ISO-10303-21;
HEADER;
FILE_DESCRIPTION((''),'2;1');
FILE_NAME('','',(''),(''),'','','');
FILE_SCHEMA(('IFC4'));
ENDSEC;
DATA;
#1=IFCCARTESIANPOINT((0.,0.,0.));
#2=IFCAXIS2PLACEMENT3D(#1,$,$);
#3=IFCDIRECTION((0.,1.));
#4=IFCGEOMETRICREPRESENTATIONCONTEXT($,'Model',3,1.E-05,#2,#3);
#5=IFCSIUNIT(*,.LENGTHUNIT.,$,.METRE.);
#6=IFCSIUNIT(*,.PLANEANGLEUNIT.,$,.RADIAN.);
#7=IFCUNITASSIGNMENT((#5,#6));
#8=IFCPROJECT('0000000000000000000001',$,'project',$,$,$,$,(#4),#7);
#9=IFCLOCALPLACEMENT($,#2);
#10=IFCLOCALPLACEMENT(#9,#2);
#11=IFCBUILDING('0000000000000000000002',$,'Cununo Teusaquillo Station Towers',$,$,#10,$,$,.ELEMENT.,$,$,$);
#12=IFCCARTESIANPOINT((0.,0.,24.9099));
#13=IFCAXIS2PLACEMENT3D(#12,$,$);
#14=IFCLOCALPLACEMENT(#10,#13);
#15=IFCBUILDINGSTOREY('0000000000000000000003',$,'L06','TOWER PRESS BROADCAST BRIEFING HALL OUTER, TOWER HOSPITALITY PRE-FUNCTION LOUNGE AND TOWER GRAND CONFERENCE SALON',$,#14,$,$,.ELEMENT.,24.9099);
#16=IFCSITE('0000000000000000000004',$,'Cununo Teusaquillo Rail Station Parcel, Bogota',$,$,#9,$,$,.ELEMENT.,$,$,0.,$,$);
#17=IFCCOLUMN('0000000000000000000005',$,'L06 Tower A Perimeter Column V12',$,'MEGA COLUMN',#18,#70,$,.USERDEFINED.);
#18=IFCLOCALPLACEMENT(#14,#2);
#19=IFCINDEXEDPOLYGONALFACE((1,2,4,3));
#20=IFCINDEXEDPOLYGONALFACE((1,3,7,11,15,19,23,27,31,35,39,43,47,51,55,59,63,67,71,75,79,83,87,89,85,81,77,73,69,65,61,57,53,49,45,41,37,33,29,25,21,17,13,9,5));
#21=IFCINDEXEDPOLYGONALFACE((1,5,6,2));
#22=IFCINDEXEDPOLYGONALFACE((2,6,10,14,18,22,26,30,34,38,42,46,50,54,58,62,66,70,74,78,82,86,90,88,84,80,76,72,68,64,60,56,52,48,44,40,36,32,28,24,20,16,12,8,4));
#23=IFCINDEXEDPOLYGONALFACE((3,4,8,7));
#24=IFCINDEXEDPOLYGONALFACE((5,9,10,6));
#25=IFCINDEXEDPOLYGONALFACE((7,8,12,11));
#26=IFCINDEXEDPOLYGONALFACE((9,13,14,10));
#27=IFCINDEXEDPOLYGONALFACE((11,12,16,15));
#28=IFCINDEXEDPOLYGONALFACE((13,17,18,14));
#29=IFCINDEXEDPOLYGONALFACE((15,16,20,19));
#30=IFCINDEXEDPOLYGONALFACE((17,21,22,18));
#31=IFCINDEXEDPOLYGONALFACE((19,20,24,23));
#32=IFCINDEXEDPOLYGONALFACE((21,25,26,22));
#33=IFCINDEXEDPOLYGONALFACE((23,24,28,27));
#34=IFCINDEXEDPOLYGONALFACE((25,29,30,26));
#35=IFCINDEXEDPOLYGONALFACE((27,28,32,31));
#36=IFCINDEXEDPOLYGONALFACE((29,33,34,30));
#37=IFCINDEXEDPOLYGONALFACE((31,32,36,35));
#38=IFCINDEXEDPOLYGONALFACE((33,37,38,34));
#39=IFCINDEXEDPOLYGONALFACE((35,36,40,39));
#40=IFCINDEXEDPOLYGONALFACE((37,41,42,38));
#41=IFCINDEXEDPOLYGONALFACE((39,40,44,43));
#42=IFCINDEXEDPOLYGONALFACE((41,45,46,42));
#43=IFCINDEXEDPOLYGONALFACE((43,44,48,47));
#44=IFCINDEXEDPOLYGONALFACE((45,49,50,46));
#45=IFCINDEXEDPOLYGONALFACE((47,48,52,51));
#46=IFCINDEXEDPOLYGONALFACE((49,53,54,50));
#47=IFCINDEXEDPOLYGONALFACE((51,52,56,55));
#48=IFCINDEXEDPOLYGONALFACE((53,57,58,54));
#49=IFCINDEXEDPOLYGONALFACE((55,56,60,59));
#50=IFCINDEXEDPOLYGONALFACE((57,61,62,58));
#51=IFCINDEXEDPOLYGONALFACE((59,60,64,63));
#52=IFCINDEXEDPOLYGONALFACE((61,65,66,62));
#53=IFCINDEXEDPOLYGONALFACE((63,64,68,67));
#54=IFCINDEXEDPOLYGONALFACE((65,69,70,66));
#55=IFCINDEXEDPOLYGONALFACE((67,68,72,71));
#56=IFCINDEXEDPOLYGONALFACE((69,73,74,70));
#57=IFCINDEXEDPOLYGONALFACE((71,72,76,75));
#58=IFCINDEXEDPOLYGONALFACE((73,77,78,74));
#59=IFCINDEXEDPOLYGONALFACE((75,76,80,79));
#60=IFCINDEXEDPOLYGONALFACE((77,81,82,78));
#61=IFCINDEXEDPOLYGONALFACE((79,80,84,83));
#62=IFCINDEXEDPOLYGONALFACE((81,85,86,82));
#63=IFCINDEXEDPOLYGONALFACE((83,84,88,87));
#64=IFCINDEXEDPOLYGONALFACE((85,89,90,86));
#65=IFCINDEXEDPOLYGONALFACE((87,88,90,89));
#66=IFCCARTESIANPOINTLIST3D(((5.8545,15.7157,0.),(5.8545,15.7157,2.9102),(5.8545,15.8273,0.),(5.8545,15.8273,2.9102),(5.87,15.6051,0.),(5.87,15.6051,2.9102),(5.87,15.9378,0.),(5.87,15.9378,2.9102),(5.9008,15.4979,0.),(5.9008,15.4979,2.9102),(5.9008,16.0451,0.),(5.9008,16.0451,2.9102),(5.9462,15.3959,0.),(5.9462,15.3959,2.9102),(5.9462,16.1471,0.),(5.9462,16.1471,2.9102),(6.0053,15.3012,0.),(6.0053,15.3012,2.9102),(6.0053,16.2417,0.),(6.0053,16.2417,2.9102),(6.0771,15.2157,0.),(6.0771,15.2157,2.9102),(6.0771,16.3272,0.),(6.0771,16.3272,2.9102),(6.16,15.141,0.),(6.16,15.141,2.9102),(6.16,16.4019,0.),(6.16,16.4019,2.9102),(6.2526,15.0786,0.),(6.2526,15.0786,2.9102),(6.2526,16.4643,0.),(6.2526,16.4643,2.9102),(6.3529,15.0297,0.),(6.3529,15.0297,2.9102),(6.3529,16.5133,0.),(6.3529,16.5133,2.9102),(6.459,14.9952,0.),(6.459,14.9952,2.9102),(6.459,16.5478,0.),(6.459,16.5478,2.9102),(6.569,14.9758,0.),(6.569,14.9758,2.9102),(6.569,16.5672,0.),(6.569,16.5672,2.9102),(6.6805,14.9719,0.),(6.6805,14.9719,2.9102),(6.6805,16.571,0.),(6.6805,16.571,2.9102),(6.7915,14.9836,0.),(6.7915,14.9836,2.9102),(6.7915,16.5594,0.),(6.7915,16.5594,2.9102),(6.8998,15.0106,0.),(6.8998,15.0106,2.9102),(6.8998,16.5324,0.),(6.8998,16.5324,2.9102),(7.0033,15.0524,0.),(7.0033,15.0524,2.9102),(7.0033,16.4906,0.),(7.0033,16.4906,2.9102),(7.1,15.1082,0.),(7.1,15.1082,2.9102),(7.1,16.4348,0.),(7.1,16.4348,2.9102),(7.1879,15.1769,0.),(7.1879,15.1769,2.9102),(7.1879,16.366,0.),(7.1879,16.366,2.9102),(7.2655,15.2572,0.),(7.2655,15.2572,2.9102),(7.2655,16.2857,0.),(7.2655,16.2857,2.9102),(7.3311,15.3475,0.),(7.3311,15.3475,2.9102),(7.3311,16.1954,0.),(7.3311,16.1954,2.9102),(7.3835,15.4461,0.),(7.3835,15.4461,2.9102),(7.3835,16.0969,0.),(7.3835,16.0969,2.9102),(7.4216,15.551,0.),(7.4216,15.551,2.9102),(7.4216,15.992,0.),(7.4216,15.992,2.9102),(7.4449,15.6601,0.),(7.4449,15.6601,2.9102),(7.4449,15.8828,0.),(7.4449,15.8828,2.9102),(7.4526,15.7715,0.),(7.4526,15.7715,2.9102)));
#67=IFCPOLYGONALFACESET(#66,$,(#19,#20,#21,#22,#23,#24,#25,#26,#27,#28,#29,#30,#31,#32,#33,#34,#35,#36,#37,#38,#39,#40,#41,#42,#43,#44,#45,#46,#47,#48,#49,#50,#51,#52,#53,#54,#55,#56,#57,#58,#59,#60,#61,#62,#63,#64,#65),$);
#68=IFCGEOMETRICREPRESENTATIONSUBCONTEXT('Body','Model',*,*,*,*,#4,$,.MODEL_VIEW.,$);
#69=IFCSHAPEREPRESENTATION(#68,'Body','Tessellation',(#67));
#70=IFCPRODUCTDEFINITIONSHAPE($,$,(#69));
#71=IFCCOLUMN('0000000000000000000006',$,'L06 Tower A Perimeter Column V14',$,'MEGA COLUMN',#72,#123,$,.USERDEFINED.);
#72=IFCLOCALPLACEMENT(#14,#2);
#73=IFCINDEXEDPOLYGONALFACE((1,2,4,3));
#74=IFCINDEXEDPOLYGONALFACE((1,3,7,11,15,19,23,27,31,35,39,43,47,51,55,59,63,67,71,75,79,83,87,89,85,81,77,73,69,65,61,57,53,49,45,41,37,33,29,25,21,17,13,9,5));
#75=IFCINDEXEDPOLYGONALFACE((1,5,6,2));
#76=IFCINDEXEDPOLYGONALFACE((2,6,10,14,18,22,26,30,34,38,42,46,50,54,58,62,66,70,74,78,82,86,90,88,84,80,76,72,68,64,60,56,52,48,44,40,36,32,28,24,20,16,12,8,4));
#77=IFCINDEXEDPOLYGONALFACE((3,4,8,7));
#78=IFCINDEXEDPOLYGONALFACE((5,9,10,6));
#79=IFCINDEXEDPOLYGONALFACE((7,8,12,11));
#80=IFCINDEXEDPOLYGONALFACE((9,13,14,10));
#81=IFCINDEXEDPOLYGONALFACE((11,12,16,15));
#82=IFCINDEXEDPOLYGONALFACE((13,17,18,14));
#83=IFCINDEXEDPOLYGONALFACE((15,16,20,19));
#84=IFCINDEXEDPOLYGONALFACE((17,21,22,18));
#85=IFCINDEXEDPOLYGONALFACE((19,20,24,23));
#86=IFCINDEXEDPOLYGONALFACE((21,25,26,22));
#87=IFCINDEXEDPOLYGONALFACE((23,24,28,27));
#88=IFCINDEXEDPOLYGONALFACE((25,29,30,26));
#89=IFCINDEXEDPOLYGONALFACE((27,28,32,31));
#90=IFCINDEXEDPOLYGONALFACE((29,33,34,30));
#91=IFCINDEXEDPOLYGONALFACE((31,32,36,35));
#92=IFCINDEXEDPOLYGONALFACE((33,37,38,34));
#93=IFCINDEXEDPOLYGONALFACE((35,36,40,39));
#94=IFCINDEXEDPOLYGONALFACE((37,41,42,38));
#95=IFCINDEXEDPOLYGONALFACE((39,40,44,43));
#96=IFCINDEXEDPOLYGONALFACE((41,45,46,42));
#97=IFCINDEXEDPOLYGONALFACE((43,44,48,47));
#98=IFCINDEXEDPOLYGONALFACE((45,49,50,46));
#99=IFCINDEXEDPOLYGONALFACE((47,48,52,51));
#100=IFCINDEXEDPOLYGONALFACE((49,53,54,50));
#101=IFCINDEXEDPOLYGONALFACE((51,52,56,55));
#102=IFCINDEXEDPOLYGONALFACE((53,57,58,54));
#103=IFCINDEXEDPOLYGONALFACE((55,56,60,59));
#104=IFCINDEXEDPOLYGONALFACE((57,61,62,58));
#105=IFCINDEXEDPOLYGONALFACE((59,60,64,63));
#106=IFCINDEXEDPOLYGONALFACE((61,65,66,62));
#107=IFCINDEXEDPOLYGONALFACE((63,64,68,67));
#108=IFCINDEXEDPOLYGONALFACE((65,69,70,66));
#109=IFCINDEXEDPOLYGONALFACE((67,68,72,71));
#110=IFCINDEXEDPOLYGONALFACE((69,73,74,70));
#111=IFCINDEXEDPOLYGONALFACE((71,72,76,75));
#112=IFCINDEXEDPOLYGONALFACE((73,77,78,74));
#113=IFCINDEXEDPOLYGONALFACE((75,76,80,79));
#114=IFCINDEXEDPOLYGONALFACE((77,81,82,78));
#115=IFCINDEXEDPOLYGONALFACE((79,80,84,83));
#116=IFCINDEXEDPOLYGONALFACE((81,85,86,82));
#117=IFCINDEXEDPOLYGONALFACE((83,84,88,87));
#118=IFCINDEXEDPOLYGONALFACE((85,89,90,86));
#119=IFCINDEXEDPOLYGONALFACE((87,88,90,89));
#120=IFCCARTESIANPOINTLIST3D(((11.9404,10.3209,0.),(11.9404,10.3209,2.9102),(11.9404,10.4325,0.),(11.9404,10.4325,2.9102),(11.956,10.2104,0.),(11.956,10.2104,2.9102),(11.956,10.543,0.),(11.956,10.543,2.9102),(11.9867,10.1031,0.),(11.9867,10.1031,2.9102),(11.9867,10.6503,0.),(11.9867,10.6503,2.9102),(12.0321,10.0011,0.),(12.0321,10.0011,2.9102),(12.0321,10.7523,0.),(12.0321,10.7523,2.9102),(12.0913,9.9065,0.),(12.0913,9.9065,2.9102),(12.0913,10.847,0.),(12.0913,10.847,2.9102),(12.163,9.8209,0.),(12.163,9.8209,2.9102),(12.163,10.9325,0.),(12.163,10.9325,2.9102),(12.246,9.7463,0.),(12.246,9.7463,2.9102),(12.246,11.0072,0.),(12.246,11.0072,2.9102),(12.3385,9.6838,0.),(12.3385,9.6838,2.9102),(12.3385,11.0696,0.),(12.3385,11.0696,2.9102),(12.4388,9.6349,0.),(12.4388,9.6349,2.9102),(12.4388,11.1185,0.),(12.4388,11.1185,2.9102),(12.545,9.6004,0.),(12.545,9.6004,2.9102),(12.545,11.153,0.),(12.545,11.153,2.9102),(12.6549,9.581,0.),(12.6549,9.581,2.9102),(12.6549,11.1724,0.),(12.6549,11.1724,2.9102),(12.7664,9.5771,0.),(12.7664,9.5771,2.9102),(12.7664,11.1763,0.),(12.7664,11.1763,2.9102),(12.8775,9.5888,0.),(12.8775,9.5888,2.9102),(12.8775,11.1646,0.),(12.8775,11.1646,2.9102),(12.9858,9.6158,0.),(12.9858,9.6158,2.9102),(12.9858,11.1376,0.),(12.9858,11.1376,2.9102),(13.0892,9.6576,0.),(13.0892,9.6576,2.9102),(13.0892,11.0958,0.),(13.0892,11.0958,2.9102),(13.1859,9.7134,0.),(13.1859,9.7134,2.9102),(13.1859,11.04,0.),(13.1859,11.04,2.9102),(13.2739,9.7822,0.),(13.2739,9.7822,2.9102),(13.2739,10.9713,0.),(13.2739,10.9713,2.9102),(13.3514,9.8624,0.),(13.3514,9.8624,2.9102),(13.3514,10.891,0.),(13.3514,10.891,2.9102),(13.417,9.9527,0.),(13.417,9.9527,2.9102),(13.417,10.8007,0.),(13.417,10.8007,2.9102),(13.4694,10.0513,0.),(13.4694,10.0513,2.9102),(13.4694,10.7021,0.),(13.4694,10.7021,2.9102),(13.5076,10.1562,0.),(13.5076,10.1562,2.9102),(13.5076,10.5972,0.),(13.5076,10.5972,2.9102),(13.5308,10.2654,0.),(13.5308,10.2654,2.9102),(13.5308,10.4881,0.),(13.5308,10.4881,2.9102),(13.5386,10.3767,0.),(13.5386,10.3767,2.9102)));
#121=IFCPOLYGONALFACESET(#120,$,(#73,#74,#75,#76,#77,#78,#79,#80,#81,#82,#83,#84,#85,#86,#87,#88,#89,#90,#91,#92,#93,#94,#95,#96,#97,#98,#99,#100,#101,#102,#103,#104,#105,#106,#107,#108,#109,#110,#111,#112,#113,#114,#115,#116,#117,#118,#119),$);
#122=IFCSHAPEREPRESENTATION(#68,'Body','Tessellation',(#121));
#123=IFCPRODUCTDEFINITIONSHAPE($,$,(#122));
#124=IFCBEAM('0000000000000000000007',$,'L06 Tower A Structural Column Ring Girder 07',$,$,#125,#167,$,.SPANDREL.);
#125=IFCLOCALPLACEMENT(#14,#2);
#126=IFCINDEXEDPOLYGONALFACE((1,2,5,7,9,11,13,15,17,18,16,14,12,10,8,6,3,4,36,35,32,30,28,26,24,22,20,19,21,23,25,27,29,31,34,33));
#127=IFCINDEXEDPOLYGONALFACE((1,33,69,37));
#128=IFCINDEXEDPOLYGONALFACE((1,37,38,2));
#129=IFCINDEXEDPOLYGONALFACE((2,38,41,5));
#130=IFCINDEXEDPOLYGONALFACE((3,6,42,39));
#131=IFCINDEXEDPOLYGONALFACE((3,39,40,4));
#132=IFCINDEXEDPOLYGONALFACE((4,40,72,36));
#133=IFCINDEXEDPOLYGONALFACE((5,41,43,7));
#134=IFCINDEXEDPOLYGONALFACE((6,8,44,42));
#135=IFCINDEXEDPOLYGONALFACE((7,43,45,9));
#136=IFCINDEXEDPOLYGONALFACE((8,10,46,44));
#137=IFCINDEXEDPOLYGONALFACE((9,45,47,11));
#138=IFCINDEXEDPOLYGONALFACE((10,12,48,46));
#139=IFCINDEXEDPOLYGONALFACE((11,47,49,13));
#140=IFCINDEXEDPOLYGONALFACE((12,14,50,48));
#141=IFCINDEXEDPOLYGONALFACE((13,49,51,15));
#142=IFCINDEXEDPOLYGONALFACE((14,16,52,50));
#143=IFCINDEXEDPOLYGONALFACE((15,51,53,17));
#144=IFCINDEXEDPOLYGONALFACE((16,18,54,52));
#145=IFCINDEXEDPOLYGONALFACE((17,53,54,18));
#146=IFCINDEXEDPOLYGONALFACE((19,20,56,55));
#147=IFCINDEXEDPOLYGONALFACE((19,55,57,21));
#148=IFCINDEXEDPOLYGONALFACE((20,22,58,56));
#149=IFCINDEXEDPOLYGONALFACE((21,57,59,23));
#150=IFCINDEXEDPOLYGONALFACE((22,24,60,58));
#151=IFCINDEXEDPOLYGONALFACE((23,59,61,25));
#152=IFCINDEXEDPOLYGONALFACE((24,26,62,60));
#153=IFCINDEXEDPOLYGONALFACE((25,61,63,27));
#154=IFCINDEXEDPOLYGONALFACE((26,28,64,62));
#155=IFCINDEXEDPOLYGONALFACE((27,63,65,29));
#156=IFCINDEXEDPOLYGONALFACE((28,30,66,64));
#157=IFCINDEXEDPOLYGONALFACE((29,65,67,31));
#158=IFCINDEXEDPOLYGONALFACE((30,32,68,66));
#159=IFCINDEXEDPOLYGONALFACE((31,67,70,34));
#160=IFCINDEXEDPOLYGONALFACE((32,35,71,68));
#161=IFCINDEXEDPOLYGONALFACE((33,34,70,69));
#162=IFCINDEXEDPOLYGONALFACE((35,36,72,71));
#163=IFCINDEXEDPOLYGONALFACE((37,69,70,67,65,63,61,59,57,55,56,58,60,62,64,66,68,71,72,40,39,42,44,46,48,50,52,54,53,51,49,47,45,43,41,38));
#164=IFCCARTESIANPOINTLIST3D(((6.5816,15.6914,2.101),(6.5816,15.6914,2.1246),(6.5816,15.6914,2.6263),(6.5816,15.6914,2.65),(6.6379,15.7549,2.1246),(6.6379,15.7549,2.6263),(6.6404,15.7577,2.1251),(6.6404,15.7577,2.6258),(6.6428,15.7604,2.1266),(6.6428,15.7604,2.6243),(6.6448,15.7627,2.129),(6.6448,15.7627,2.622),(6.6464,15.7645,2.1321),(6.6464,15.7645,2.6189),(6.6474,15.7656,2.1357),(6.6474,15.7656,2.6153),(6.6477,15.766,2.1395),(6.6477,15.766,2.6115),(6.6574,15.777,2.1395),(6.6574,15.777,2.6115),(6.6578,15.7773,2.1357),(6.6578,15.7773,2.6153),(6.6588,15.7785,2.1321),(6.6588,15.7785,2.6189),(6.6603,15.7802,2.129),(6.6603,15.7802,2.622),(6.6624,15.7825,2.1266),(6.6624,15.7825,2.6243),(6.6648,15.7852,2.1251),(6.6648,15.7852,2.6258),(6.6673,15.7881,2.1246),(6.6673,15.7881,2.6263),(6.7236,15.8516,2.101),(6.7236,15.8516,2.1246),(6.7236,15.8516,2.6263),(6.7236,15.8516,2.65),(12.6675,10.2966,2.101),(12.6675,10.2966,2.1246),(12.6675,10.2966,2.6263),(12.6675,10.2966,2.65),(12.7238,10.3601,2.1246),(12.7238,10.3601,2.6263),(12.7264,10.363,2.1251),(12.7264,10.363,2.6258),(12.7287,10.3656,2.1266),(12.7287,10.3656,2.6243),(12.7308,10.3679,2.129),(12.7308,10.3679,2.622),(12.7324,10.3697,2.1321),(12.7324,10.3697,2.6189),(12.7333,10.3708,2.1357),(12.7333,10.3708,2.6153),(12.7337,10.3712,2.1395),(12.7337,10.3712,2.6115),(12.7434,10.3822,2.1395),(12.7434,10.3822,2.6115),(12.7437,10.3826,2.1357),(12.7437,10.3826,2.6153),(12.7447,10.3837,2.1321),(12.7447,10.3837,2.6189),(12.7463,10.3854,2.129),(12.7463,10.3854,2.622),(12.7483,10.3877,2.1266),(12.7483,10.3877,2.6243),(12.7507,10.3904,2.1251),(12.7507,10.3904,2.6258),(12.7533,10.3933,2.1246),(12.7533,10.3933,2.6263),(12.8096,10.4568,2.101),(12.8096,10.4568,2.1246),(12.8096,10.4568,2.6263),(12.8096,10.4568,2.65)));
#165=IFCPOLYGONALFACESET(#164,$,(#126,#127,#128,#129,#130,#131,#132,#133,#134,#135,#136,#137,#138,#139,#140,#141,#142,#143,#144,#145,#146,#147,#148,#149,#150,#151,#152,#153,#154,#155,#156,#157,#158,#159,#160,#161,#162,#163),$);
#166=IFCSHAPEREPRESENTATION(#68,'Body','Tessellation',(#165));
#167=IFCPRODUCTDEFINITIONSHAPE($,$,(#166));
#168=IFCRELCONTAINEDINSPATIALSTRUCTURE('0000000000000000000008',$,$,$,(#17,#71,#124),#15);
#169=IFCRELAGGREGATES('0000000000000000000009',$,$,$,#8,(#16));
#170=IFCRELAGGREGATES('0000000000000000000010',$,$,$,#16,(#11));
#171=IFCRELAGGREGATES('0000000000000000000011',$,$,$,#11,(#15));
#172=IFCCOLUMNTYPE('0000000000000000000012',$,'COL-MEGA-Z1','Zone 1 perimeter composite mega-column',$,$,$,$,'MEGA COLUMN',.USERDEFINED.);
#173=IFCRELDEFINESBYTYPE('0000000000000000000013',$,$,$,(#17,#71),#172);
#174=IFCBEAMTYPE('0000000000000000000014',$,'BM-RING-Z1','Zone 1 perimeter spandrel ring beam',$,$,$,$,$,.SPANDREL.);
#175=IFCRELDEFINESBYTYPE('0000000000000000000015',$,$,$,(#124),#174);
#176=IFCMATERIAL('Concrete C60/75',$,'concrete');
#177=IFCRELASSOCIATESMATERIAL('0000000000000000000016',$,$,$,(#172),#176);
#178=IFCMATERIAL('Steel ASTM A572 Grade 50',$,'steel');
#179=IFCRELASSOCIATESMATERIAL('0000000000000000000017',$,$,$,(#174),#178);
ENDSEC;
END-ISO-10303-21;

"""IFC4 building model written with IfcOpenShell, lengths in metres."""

from ifc_helpers import new_model, si_unit, direction, frame, origin, origin_2d, place, context, subcontext, project, spatial, circle, i_section, extrude, material, material_profile, profile_set, type_object, element, save


model = new_model("IFC4")

# Units and contexts
model_context = context("Model", 3, precision=1e-05, world=origin(), true_north=direction((0.0, 1.0)))
body_context = subcontext(model_context, "Body", "Model", "MODEL_VIEW")
ifc_project = project(units=[si_unit("LENGTHUNIT", "METRE"), si_unit("PLANEANGLEUNIT", "RADIAN")], contexts=[model_context])

# Site, building, storey
site_placement = place(None, origin())
site = spatial("IfcSite", under=ifc_project, at=site_placement, Name="Cununo Teusaquillo Rail Station Parcel, Bogota", CompositionType="ELEMENT", RefElevation=0.0)
building_placement = place(site_placement, origin())
building = spatial("IfcBuilding", under=site, at=building_placement, Name="Cununo Teusaquillo Station Towers", CompositionType="ELEMENT")
storey_placement = place(building_placement, frame((0.0, 0.0, 24.9099)))
storey = spatial("IfcBuildingStorey", under=building, at=storey_placement, Name="L06", Description="TOWER PRESS BROADCAST BRIEFING HALL OUTER, TOWER HOSPITALITY PRE-FUNCTION LOUNGE AND TOWER GRAND CONFERENCE SALON", CompositionType="ELEMENT", Elevation=24.9099)

# Columns
ifc_material_1 = material(Name="Concrete C60/75", Category="concrete")
ifc_material_profile_1 = material_profile(ifc_material_1, circle(Radius=0.8, at=origin_2d()), Name="RC-CIRC-1600")
ifc_profile_set_1 = profile_set([ifc_material_profile_1], Name="Concrete C60/75")
column_type = type_object("IfcColumnType", Name="COL-MEGA-Z1", Description="Zone 1 perimeter composite mega-column", ElementType="MEGA COLUMN", PredefinedType="USERDEFINED", material=ifc_profile_set_1)
for number, where, z_axis, x_axis, name in (
    (1, (6.6526, 15.7715, 0.0), (0.0, 0.0, 1.0), (1.0, 0.0, 0.0), "L06 Tower A Perimeter Column V12"),
    (2, (12.7385, 10.3767, 0.0), (0.0, 0.0, 1.0), (1.0, 0.0, 0.0), "L06 Tower A Perimeter Column V14"),
):
    element("IfcColumn", number, at=place(storey_placement, frame(where, z_axis=z_axis, x_axis=x_axis)), inside=storey, type_object=column_type, Name=name, ObjectType="MEGA COLUMN", PredefinedType="USERDEFINED", context=body_context, shape_type="SweptSolid", body=[
        extrude(circle(Radius=0.8, at=origin_2d()), origin(), (0.0, 0.0, 1.0), 2.9102),
    ])

# Beam
ifc_material_2 = material(Name="Steel ASTM A572 Grade 50", Category="steel")
ifc_material_profile_2 = material_profile(ifc_material_2, i_section(OverallWidth=0.2141, OverallDepth=0.5491, WebThickness=0.0146, FlangeThickness=0.0237, FilletRadius=0.0149, at=origin_2d()), Name="W21X93")
ifc_profile_set_2 = profile_set([ifc_material_profile_2], Name="Steel ASTM A572 Grade 50")
beam_type = type_object("IfcBeamType", Name="BM-RING-Z1", Description="Zone 1 perimeter spandrel ring beam", PredefinedType="SPANDREL", material=ifc_profile_set_2)
beam_1_placement = place(storey_placement, frame((6.6526, 15.7715, 2.3755), z_axis=(0.748321, -0.663337, 0.0), x_axis=(0.663337, 0.748321, 0.0)))
element("IfcBeam", 3, at=beam_1_placement, inside=storey, type_object=beam_type, Name="L06 Tower A Structural Column Ring Girder 07", PredefinedType="SPANDREL", context=body_context, shape_type="SweptSolid", body=[
    extrude(i_section(OverallWidth=0.2141, OverallDepth=0.5491, WebThickness=0.0146, FlangeThickness=0.0237, FilletRadius=0.0149, at=origin_2d()), origin(), (0.0, 0.0, 1.0), 8.1328),
])

save(model, "model.ifc")
